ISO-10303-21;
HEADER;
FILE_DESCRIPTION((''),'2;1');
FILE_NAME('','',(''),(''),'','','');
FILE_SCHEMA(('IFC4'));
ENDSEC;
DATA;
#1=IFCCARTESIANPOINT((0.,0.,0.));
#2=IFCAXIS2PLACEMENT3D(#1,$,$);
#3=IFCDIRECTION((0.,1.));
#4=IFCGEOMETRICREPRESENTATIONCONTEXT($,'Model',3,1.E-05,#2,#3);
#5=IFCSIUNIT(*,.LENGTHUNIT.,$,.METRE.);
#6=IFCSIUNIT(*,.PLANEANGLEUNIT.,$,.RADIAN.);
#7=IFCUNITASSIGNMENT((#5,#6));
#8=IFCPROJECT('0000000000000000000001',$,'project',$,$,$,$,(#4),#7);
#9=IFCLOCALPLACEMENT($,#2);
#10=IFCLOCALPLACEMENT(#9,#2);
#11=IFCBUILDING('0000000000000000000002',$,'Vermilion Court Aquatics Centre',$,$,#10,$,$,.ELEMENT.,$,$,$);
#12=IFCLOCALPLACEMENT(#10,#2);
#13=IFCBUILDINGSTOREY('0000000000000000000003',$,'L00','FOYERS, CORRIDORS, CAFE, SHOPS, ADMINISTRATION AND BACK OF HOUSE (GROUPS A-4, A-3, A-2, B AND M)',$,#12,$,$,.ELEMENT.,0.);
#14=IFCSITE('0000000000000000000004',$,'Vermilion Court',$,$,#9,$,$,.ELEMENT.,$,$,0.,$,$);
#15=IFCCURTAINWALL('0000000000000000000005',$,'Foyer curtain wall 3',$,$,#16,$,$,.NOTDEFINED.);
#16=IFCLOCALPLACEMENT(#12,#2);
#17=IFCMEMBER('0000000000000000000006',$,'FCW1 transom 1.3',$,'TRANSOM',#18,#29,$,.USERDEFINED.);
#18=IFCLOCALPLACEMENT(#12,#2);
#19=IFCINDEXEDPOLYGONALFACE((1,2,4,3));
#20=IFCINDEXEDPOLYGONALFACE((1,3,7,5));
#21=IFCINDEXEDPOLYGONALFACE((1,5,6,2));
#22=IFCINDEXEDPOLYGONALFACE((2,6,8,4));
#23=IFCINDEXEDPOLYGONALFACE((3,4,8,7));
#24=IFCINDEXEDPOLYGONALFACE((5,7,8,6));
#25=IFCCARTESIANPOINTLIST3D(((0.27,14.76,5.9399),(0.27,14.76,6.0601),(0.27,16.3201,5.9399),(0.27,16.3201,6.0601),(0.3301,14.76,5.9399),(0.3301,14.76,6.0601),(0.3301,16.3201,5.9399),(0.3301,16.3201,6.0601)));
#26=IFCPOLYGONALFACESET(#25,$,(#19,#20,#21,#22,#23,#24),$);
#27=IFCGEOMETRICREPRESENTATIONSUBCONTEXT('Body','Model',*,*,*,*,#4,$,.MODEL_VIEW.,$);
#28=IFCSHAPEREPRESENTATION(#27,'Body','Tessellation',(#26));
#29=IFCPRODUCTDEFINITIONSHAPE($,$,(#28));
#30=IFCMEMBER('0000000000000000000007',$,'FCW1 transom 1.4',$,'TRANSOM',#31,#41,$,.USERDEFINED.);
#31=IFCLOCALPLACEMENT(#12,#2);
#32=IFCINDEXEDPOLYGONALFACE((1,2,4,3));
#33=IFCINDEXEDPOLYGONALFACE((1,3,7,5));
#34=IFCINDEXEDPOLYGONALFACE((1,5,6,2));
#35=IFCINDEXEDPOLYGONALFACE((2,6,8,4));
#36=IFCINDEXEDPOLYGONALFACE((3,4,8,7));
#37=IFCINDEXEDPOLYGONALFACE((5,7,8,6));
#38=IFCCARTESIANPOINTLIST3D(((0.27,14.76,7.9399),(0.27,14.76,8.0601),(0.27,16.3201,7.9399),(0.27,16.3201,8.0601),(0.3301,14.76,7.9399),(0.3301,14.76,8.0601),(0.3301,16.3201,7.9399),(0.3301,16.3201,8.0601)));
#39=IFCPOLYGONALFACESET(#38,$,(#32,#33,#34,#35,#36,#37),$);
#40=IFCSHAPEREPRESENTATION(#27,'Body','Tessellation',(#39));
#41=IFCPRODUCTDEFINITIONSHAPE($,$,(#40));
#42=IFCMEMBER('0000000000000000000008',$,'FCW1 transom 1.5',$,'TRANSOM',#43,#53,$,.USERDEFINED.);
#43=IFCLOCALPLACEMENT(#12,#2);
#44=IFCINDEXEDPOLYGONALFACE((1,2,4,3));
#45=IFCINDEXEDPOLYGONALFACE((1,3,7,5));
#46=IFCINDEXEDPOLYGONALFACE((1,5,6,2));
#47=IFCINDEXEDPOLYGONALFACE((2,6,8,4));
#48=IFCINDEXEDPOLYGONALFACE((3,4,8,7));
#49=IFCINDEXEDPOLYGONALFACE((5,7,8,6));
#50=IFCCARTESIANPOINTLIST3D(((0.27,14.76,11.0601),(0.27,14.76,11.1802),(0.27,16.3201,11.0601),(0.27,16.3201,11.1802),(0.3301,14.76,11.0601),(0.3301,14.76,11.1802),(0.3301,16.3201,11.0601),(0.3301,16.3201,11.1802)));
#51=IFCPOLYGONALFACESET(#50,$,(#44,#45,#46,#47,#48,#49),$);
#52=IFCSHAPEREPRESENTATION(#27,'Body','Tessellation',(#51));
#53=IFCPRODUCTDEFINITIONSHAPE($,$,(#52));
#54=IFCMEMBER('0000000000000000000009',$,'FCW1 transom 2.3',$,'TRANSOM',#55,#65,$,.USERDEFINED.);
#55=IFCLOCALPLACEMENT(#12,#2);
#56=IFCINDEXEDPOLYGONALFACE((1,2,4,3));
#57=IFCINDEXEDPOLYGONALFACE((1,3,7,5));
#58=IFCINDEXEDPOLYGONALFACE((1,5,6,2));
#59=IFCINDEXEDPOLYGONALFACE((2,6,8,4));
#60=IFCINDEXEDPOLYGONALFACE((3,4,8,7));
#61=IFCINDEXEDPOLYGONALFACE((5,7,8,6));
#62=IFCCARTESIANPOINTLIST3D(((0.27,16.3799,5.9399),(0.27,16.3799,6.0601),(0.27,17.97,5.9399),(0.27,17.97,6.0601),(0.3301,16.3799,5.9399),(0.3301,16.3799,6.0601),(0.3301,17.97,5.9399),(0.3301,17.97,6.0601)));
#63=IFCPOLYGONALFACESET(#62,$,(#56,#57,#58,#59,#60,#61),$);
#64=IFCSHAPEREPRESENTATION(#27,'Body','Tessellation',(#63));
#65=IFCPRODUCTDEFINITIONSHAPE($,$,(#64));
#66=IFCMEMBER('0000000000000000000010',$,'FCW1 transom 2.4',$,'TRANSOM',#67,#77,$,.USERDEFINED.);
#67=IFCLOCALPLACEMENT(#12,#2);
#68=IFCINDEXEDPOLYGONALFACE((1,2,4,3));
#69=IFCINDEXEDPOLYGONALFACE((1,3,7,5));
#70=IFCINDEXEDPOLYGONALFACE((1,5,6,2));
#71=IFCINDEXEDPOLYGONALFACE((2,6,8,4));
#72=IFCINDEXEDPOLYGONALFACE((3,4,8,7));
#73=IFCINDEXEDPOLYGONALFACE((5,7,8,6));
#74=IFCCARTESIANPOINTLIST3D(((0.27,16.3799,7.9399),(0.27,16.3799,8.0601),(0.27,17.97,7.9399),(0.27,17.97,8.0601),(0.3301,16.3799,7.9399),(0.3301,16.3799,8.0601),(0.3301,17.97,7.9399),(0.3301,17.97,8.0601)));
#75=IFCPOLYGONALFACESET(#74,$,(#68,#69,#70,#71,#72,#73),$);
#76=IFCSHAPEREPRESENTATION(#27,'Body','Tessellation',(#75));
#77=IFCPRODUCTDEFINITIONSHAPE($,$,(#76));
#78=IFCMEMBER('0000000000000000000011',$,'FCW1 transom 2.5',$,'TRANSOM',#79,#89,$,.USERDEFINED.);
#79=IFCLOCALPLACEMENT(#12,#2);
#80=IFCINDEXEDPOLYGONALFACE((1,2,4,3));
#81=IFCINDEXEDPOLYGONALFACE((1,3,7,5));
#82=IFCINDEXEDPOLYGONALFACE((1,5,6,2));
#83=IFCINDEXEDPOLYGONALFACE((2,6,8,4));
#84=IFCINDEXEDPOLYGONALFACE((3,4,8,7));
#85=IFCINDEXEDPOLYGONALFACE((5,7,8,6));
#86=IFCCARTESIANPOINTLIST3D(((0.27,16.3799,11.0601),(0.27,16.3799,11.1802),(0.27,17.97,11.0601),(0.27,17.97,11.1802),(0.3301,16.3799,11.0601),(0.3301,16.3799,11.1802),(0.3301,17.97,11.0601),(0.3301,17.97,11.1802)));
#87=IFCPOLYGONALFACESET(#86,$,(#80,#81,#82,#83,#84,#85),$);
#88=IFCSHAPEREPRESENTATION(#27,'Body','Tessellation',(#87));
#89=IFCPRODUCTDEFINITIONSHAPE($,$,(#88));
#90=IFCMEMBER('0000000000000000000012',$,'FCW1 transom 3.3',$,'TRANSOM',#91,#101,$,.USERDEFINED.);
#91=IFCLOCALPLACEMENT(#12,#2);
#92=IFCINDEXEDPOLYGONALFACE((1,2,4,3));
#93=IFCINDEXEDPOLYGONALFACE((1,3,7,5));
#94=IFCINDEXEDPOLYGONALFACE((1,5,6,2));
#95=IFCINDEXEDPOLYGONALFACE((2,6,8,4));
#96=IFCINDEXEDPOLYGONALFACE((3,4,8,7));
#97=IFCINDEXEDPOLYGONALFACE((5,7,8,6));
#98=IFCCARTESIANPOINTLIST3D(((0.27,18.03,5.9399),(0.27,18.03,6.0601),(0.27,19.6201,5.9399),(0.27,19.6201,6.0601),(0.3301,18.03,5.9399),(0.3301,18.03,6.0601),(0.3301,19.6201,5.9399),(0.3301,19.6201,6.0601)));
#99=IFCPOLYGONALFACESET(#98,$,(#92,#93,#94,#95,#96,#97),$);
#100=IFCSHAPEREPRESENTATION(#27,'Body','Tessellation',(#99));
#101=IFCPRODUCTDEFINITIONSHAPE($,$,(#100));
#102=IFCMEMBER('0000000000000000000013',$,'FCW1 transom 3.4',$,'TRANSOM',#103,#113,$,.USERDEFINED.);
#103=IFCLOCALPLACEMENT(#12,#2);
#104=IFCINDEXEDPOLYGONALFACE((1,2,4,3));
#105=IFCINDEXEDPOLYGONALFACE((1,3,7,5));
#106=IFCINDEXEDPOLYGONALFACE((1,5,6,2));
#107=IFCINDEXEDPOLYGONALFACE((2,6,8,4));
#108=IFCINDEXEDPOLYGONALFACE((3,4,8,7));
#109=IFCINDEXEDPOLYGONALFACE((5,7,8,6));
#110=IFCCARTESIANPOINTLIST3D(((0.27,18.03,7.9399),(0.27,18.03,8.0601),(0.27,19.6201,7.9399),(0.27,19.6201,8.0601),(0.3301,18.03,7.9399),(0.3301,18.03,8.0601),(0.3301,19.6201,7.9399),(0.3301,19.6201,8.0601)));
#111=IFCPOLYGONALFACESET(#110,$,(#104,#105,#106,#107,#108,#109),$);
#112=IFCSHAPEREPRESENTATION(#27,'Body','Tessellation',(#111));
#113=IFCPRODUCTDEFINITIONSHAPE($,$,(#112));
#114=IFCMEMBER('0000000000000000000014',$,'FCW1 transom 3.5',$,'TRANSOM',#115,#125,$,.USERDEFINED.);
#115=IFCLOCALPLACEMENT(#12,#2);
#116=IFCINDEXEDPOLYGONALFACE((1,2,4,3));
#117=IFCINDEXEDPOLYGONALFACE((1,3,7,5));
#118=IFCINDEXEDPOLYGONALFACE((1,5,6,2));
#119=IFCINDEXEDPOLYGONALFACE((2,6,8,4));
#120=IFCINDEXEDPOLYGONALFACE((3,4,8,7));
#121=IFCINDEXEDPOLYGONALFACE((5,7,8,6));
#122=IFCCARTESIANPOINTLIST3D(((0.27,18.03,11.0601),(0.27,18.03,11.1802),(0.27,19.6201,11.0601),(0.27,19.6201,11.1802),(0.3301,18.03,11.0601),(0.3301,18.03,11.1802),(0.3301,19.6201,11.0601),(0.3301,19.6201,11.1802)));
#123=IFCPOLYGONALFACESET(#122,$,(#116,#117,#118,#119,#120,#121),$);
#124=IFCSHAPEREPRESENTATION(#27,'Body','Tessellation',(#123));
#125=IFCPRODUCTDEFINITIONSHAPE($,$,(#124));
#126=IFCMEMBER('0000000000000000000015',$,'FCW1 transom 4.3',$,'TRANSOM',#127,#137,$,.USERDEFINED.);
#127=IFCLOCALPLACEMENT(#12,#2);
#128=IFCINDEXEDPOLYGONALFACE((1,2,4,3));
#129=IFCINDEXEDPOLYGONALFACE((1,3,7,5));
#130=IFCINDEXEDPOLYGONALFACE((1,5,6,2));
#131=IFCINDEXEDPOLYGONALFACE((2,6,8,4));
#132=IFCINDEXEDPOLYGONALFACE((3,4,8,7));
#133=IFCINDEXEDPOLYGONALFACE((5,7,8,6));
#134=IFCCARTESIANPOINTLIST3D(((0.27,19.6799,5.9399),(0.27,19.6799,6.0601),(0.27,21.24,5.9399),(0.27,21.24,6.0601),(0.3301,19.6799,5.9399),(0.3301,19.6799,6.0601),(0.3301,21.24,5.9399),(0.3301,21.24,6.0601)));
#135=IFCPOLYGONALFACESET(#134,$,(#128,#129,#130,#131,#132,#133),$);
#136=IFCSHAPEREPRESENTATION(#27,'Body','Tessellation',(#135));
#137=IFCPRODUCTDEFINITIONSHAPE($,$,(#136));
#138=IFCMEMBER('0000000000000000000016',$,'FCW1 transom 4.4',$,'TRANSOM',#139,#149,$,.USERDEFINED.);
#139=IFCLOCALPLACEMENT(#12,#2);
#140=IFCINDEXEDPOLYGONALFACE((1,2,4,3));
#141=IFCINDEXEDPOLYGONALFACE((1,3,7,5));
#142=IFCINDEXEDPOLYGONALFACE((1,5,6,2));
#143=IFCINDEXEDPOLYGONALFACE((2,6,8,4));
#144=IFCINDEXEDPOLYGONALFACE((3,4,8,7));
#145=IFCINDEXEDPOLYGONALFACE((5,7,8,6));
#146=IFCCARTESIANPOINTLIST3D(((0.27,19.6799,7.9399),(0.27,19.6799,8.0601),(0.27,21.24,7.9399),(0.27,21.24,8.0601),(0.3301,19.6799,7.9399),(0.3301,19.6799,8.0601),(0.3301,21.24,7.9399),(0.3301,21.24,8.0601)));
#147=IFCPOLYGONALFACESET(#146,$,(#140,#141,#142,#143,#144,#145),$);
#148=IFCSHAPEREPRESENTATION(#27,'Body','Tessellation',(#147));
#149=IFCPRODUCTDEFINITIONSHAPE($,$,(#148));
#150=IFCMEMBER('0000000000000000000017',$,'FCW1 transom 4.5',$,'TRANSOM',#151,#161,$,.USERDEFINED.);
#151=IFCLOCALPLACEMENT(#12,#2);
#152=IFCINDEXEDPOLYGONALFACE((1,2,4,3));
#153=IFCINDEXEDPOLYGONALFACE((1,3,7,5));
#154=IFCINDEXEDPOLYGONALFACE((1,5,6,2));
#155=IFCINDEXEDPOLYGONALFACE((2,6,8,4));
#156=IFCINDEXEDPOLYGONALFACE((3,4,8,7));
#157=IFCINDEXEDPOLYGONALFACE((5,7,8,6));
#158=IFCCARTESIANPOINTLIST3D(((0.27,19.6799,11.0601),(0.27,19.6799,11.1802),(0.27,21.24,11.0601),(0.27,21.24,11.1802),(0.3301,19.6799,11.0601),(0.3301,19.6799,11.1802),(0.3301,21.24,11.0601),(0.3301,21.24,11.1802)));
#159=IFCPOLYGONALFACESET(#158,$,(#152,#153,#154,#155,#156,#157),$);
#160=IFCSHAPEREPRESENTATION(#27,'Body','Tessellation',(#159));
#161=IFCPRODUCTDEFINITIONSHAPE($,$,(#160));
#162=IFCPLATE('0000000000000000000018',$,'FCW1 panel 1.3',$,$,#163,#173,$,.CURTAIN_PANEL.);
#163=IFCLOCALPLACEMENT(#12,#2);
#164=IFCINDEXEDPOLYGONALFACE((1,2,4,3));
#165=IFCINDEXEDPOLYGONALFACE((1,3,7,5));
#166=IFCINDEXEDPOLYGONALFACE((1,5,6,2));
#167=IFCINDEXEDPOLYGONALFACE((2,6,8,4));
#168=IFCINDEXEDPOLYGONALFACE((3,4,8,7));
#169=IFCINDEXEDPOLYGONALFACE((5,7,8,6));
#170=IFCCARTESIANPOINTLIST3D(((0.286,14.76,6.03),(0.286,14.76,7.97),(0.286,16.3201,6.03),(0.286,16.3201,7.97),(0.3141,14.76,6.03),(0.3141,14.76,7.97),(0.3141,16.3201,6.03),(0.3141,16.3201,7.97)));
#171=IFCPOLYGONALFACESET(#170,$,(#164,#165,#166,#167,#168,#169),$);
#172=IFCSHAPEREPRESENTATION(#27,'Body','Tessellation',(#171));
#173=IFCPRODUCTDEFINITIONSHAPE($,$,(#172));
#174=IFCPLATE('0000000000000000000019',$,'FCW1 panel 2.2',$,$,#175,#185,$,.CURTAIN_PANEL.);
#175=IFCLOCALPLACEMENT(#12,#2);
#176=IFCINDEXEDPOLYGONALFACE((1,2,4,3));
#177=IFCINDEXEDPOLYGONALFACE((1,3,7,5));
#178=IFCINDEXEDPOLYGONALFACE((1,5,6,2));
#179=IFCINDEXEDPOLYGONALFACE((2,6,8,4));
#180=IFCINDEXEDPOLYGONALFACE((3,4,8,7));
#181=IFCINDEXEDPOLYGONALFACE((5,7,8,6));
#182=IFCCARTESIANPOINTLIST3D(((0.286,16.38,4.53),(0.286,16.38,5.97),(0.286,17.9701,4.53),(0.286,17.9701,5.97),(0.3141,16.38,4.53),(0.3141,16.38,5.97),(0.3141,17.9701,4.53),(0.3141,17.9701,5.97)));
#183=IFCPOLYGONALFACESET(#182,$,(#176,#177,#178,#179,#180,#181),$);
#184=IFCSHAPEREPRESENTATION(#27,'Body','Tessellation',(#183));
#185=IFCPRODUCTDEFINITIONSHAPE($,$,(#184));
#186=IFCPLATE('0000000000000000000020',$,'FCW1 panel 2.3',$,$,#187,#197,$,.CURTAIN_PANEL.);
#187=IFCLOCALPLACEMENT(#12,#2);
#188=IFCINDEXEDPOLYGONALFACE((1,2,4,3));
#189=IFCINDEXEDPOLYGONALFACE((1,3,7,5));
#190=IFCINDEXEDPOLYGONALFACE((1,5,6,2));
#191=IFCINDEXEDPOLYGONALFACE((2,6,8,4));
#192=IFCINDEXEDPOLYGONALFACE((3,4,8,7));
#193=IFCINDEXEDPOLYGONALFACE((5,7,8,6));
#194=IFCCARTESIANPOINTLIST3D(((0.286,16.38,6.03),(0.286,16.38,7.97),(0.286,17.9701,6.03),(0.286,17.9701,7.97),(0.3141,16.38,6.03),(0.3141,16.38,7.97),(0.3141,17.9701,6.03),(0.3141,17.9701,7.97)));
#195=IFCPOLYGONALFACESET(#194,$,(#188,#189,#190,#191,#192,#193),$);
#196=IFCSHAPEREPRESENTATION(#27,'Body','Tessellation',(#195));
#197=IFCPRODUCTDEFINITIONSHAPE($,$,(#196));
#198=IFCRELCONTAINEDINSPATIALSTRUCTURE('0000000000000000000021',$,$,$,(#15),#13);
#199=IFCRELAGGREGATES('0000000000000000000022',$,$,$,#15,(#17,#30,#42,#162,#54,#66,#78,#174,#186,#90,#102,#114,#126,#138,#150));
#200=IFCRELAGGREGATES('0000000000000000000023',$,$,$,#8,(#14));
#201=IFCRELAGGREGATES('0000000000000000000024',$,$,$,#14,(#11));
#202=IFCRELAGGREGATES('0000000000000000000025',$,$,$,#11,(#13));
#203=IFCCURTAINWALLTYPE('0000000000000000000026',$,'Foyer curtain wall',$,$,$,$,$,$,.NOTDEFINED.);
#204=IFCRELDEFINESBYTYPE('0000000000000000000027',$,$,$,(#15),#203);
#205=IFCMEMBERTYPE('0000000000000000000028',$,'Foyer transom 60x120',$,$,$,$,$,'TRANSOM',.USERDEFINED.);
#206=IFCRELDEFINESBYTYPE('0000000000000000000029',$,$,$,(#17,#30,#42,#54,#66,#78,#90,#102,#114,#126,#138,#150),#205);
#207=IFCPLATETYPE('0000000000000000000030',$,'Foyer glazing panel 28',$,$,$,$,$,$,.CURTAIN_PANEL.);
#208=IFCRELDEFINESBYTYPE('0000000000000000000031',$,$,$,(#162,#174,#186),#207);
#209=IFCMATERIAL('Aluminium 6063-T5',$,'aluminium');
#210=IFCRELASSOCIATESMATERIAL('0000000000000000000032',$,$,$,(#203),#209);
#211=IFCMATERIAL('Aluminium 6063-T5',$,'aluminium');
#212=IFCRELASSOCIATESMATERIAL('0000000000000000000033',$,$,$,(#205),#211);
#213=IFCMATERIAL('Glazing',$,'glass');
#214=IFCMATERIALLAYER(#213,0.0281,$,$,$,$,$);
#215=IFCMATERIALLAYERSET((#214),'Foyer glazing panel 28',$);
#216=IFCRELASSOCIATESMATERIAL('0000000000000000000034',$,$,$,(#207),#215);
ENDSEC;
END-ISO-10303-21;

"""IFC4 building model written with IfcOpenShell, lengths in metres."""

from ifc_helpers import new_model, si_unit, direction, frame, origin, origin_2d, place, context, subcontext, project, spatial, rectangle, extrude, material, layer, layer_set, material_profile, profile_set, type_object, element, aggregate, save


model = new_model("IFC4")

# Units and contexts
model_context = context("Model", 3, precision=1e-05, world=origin(), true_north=direction((0.0, 1.0)))
body_context = subcontext(model_context, "Body", "Model", "MODEL_VIEW")
ifc_project = project(units=[si_unit("LENGTHUNIT", "METRE"), si_unit("PLANEANGLEUNIT", "RADIAN")], contexts=[model_context])

# Site, building, storey
site_placement = place(None, origin())
site = spatial("IfcSite", under=ifc_project, at=site_placement, Name="Vermilion Court", CompositionType="ELEMENT", RefElevation=0.0)
building_placement = place(site_placement, origin())
building = spatial("IfcBuilding", under=site, at=building_placement, Name="Vermilion Court Aquatics Centre", CompositionType="ELEMENT")
storey_placement = place(building_placement, origin())
storey = spatial("IfcBuildingStorey", under=building, at=storey_placement, Name="L00", Description="FOYERS, CORRIDORS, CAFE, SHOPS, ADMINISTRATION AND BACK OF HOUSE (GROUPS A-4, A-3, A-2, B AND M)", CompositionType="ELEMENT", Elevation=0.0)

# Curtain wall, members, plates
ifc_material_1 = material(Name="Aluminium 6063-T5", Category="aluminium")
curtain_wall_type = type_object("IfcCurtainWallType", Name="Foyer curtain wall", PredefinedType="NOTDEFINED", material=ifc_material_1)
curtain_wall_placement = place(storey_placement, origin())
curtain_wall = element("IfcCurtainWall", 1, at=curtain_wall_placement, inside=storey, type_object=curtain_wall_type, Name="Foyer curtain wall 3", PredefinedType="NOTDEFINED")
ifc_material_2 = material(Name="Aluminium 6063-T5", Category="aluminium")
ifc_material_profile = material_profile(ifc_material_2, rectangle(XDim=0.0601, YDim=0.1201, at=origin_2d()), Name="Aluminium 60x120")
ifc_profile_set = profile_set([ifc_material_profile], Name="Aluminium 6063-T5")
member_type = type_object("IfcMemberType", Name="Foyer transom 60x120", ElementType="TRANSOM", PredefinedType="USERDEFINED", material=ifc_profile_set)
member_1_placement = place(storey_placement, frame((0.3, 14.76, 6.0), z_axis=(0.0, 1.0, 0.0), x_axis=(-1.0, 0.0, 0.0)))
member_1 = element("IfcMember", 2, at=member_1_placement, type_object=member_type, Name="FCW1 transom 1.3", ObjectType="TRANSOM", PredefinedType="USERDEFINED", context=body_context, shape_type="SweptSolid", body=[
    extrude(rectangle(XDim=0.0601, YDim=0.1201, at=origin_2d()), origin(), (0.0, 0.0, 1.0), 1.5601),
])
member_2_placement = place(storey_placement, frame((0.3, 14.76, 8.0), z_axis=(0.0, 1.0, 0.0), x_axis=(-1.0, 0.0, 0.0)))
member_2 = element("IfcMember", 3, at=member_2_placement, type_object=member_type, Name="FCW1 transom 1.4", ObjectType="TRANSOM", PredefinedType="USERDEFINED", context=body_context, shape_type="SweptSolid", body=[
    extrude(rectangle(XDim=0.0601, YDim=0.1201, at=origin_2d()), origin(), (0.0, 0.0, 1.0), 1.5601),
])
member_3_placement = place(storey_placement, frame((0.3, 14.76, 11.1201), z_axis=(0.0, 1.0, 0.0), x_axis=(-1.0, 0.0, 0.0)))
member_3 = element("IfcMember", 4, at=member_3_placement, type_object=member_type, Name="FCW1 transom 1.5", ObjectType="TRANSOM", PredefinedType="USERDEFINED", context=body_context, shape_type="SweptSolid", body=[
    extrude(rectangle(XDim=0.0601, YDim=0.1201, at=origin_2d()), origin(), (0.0, 0.0, 1.0), 1.5601),
])
member_4_placement = place(storey_placement, frame((0.3, 16.3799, 6.0), z_axis=(0.0, 1.0, 0.0), x_axis=(-1.0, 0.0, 0.0)))
member_4 = element("IfcMember", 5, at=member_4_placement, type_object=member_type, Name="FCW1 transom 2.3", ObjectType="TRANSOM", PredefinedType="USERDEFINED", context=body_context, shape_type="SweptSolid", body=[
    extrude(rectangle(XDim=0.0601, YDim=0.1201, at=origin_2d()), origin(), (0.0, 0.0, 1.0), 1.5901),
])
member_5_placement = place(storey_placement, frame((0.3, 16.3799, 8.0), z_axis=(0.0, 1.0, 0.0), x_axis=(-1.0, 0.0, 0.0)))
member_5 = element("IfcMember", 6, at=member_5_placement, type_object=member_type, Name="FCW1 transom 2.4", ObjectType="TRANSOM", PredefinedType="USERDEFINED", context=body_context, shape_type="SweptSolid", body=[
    extrude(rectangle(XDim=0.0601, YDim=0.1201, at=origin_2d()), origin(), (0.0, 0.0, 1.0), 1.5901),
])
member_6_placement = place(storey_placement, frame((0.3, 16.3799, 11.1201), z_axis=(0.0, 1.0, 0.0), x_axis=(-1.0, 0.0, 0.0)))
member_6 = element("IfcMember", 7, at=member_6_placement, type_object=member_type, Name="FCW1 transom 2.5", ObjectType="TRANSOM", PredefinedType="USERDEFINED", context=body_context, shape_type="SweptSolid", body=[
    extrude(rectangle(XDim=0.0601, YDim=0.1201, at=origin_2d()), origin(), (0.0, 0.0, 1.0), 1.5901),
])
member_7_placement = place(storey_placement, frame((0.3, 18.03, 6.0), z_axis=(0.0, 1.0, 0.0), x_axis=(-1.0, 0.0, 0.0)))
member_7 = element("IfcMember", 8, at=member_7_placement, type_object=member_type, Name="FCW1 transom 3.3", ObjectType="TRANSOM", PredefinedType="USERDEFINED", context=body_context, shape_type="SweptSolid", body=[
    extrude(rectangle(XDim=0.0601, YDim=0.1201, at=origin_2d()), origin(), (0.0, 0.0, 1.0), 1.5901),
])
member_8_placement = place(storey_placement, frame((0.3, 18.03, 8.0), z_axis=(0.0, 1.0, 0.0), x_axis=(-1.0, 0.0, 0.0)))
member_8 = element("IfcMember", 9, at=member_8_placement, type_object=member_type, Name="FCW1 transom 3.4", ObjectType="TRANSOM", PredefinedType="USERDEFINED", context=body_context, shape_type="SweptSolid", body=[
    extrude(rectangle(XDim=0.0601, YDim=0.1201, at=origin_2d()), origin(), (0.0, 0.0, 1.0), 1.5901),
])
member_9_placement = place(storey_placement, frame((0.3, 18.03, 11.1201), z_axis=(0.0, 1.0, 0.0), x_axis=(-1.0, 0.0, 0.0)))
member_9 = element("IfcMember", 10, at=member_9_placement, type_object=member_type, Name="FCW1 transom 3.5", ObjectType="TRANSOM", PredefinedType="USERDEFINED", context=body_context, shape_type="SweptSolid", body=[
    extrude(rectangle(XDim=0.0601, YDim=0.1201, at=origin_2d()), origin(), (0.0, 0.0, 1.0), 1.5901),
])
member_10_placement = place(storey_placement, frame((0.3, 19.6799, 6.0), z_axis=(0.0, 1.0, 0.0), x_axis=(-1.0, 0.0, 0.0)))
member_10 = element("IfcMember", 11, at=member_10_placement, type_object=member_type, Name="FCW1 transom 4.3", ObjectType="TRANSOM", PredefinedType="USERDEFINED", context=body_context, shape_type="SweptSolid", body=[
    extrude(rectangle(XDim=0.0601, YDim=0.1201, at=origin_2d()), origin(), (0.0, 0.0, 1.0), 1.5601),
])
member_11_placement = place(storey_placement, frame((0.3, 19.6799, 8.0), z_axis=(0.0, 1.0, 0.0), x_axis=(-1.0, 0.0, 0.0)))
member_11 = element("IfcMember", 12, at=member_11_placement, type_object=member_type, Name="FCW1 transom 4.4", ObjectType="TRANSOM", PredefinedType="USERDEFINED", context=body_context, shape_type="SweptSolid", body=[
    extrude(rectangle(XDim=0.0601, YDim=0.1201, at=origin_2d()), origin(), (0.0, 0.0, 1.0), 1.5601),
])
member_12_placement = place(storey_placement, frame((0.3, 19.6799, 11.1201), z_axis=(0.0, 1.0, 0.0), x_axis=(-1.0, 0.0, 0.0)))
member_12 = element("IfcMember", 13, at=member_12_placement, type_object=member_type, Name="FCW1 transom 4.5", ObjectType="TRANSOM", PredefinedType="USERDEFINED", context=body_context, shape_type="SweptSolid", body=[
    extrude(rectangle(XDim=0.0601, YDim=0.1201, at=origin_2d()), origin(), (0.0, 0.0, 1.0), 1.5601),
])
ifc_material_3 = material(Name="Glazing", Category="glass")
ifc_layer_1 = layer(ifc_material_3, 0.0281)
ifc_layer_set_1 = layer_set([ifc_layer_1], Name="Foyer glazing panel 28")
plate_type_1 = type_object("IfcPlateType", Name="Foyer glazing panel 28", PredefinedType="CURTAIN_PANEL", material=ifc_layer_set_1)
plate_1_placement = place(storey_placement, frame((0.3, 15.54, 6.03), z_axis=(0.0, 0.0, 1.0), x_axis=(0.0, 1.0, 0.0)))
plate_1 = element("IfcPlate", 14, at=plate_1_placement, type_object=plate_type_1, Name="FCW1 panel 1.3", PredefinedType="CURTAIN_PANEL", context=body_context, shape_type="SweptSolid", body=[
    extrude(rectangle(XDim=1.5601, YDim=0.0281, at=origin_2d()), origin(), (0.0, 0.0, 1.0), 1.9399),
])
plate_2_placement = place(storey_placement, frame((0.3, 17.175, 4.53), z_axis=(0.0, 0.0, 1.0), x_axis=(0.0, 1.0, 0.0)))
plate_2 = element("IfcPlate", 15, at=plate_2_placement, type_object=plate_type_1, Name="FCW1 panel 2.2", PredefinedType="CURTAIN_PANEL", context=body_context, shape_type="SweptSolid", body=[
    extrude(rectangle(XDim=1.5901, YDim=0.0281, at=origin_2d()), origin(), (0.0, 0.0, 1.0), 1.4399),
])
plate_3_placement = place(storey_placement, frame((0.3, 17.175, 6.03), z_axis=(0.0, 0.0, 1.0), x_axis=(0.0, 1.0, 0.0)))
plate_3 = element("IfcPlate", 16, at=plate_3_placement, type_object=plate_type_1, Name="FCW1 panel 2.3", PredefinedType="CURTAIN_PANEL", context=body_context, shape_type="SweptSolid", body=[
    extrude(rectangle(XDim=1.5901, YDim=0.0281, at=origin_2d()), origin(), (0.0, 0.0, 1.0), 1.9399),
])
aggregate(curtain_wall, [member_1, member_2, member_3, plate_1, member_4, member_5, member_6, plate_2, plate_3, member_7, member_8, member_9, member_10, member_11, member_12])

save(model, "model.ifc")
